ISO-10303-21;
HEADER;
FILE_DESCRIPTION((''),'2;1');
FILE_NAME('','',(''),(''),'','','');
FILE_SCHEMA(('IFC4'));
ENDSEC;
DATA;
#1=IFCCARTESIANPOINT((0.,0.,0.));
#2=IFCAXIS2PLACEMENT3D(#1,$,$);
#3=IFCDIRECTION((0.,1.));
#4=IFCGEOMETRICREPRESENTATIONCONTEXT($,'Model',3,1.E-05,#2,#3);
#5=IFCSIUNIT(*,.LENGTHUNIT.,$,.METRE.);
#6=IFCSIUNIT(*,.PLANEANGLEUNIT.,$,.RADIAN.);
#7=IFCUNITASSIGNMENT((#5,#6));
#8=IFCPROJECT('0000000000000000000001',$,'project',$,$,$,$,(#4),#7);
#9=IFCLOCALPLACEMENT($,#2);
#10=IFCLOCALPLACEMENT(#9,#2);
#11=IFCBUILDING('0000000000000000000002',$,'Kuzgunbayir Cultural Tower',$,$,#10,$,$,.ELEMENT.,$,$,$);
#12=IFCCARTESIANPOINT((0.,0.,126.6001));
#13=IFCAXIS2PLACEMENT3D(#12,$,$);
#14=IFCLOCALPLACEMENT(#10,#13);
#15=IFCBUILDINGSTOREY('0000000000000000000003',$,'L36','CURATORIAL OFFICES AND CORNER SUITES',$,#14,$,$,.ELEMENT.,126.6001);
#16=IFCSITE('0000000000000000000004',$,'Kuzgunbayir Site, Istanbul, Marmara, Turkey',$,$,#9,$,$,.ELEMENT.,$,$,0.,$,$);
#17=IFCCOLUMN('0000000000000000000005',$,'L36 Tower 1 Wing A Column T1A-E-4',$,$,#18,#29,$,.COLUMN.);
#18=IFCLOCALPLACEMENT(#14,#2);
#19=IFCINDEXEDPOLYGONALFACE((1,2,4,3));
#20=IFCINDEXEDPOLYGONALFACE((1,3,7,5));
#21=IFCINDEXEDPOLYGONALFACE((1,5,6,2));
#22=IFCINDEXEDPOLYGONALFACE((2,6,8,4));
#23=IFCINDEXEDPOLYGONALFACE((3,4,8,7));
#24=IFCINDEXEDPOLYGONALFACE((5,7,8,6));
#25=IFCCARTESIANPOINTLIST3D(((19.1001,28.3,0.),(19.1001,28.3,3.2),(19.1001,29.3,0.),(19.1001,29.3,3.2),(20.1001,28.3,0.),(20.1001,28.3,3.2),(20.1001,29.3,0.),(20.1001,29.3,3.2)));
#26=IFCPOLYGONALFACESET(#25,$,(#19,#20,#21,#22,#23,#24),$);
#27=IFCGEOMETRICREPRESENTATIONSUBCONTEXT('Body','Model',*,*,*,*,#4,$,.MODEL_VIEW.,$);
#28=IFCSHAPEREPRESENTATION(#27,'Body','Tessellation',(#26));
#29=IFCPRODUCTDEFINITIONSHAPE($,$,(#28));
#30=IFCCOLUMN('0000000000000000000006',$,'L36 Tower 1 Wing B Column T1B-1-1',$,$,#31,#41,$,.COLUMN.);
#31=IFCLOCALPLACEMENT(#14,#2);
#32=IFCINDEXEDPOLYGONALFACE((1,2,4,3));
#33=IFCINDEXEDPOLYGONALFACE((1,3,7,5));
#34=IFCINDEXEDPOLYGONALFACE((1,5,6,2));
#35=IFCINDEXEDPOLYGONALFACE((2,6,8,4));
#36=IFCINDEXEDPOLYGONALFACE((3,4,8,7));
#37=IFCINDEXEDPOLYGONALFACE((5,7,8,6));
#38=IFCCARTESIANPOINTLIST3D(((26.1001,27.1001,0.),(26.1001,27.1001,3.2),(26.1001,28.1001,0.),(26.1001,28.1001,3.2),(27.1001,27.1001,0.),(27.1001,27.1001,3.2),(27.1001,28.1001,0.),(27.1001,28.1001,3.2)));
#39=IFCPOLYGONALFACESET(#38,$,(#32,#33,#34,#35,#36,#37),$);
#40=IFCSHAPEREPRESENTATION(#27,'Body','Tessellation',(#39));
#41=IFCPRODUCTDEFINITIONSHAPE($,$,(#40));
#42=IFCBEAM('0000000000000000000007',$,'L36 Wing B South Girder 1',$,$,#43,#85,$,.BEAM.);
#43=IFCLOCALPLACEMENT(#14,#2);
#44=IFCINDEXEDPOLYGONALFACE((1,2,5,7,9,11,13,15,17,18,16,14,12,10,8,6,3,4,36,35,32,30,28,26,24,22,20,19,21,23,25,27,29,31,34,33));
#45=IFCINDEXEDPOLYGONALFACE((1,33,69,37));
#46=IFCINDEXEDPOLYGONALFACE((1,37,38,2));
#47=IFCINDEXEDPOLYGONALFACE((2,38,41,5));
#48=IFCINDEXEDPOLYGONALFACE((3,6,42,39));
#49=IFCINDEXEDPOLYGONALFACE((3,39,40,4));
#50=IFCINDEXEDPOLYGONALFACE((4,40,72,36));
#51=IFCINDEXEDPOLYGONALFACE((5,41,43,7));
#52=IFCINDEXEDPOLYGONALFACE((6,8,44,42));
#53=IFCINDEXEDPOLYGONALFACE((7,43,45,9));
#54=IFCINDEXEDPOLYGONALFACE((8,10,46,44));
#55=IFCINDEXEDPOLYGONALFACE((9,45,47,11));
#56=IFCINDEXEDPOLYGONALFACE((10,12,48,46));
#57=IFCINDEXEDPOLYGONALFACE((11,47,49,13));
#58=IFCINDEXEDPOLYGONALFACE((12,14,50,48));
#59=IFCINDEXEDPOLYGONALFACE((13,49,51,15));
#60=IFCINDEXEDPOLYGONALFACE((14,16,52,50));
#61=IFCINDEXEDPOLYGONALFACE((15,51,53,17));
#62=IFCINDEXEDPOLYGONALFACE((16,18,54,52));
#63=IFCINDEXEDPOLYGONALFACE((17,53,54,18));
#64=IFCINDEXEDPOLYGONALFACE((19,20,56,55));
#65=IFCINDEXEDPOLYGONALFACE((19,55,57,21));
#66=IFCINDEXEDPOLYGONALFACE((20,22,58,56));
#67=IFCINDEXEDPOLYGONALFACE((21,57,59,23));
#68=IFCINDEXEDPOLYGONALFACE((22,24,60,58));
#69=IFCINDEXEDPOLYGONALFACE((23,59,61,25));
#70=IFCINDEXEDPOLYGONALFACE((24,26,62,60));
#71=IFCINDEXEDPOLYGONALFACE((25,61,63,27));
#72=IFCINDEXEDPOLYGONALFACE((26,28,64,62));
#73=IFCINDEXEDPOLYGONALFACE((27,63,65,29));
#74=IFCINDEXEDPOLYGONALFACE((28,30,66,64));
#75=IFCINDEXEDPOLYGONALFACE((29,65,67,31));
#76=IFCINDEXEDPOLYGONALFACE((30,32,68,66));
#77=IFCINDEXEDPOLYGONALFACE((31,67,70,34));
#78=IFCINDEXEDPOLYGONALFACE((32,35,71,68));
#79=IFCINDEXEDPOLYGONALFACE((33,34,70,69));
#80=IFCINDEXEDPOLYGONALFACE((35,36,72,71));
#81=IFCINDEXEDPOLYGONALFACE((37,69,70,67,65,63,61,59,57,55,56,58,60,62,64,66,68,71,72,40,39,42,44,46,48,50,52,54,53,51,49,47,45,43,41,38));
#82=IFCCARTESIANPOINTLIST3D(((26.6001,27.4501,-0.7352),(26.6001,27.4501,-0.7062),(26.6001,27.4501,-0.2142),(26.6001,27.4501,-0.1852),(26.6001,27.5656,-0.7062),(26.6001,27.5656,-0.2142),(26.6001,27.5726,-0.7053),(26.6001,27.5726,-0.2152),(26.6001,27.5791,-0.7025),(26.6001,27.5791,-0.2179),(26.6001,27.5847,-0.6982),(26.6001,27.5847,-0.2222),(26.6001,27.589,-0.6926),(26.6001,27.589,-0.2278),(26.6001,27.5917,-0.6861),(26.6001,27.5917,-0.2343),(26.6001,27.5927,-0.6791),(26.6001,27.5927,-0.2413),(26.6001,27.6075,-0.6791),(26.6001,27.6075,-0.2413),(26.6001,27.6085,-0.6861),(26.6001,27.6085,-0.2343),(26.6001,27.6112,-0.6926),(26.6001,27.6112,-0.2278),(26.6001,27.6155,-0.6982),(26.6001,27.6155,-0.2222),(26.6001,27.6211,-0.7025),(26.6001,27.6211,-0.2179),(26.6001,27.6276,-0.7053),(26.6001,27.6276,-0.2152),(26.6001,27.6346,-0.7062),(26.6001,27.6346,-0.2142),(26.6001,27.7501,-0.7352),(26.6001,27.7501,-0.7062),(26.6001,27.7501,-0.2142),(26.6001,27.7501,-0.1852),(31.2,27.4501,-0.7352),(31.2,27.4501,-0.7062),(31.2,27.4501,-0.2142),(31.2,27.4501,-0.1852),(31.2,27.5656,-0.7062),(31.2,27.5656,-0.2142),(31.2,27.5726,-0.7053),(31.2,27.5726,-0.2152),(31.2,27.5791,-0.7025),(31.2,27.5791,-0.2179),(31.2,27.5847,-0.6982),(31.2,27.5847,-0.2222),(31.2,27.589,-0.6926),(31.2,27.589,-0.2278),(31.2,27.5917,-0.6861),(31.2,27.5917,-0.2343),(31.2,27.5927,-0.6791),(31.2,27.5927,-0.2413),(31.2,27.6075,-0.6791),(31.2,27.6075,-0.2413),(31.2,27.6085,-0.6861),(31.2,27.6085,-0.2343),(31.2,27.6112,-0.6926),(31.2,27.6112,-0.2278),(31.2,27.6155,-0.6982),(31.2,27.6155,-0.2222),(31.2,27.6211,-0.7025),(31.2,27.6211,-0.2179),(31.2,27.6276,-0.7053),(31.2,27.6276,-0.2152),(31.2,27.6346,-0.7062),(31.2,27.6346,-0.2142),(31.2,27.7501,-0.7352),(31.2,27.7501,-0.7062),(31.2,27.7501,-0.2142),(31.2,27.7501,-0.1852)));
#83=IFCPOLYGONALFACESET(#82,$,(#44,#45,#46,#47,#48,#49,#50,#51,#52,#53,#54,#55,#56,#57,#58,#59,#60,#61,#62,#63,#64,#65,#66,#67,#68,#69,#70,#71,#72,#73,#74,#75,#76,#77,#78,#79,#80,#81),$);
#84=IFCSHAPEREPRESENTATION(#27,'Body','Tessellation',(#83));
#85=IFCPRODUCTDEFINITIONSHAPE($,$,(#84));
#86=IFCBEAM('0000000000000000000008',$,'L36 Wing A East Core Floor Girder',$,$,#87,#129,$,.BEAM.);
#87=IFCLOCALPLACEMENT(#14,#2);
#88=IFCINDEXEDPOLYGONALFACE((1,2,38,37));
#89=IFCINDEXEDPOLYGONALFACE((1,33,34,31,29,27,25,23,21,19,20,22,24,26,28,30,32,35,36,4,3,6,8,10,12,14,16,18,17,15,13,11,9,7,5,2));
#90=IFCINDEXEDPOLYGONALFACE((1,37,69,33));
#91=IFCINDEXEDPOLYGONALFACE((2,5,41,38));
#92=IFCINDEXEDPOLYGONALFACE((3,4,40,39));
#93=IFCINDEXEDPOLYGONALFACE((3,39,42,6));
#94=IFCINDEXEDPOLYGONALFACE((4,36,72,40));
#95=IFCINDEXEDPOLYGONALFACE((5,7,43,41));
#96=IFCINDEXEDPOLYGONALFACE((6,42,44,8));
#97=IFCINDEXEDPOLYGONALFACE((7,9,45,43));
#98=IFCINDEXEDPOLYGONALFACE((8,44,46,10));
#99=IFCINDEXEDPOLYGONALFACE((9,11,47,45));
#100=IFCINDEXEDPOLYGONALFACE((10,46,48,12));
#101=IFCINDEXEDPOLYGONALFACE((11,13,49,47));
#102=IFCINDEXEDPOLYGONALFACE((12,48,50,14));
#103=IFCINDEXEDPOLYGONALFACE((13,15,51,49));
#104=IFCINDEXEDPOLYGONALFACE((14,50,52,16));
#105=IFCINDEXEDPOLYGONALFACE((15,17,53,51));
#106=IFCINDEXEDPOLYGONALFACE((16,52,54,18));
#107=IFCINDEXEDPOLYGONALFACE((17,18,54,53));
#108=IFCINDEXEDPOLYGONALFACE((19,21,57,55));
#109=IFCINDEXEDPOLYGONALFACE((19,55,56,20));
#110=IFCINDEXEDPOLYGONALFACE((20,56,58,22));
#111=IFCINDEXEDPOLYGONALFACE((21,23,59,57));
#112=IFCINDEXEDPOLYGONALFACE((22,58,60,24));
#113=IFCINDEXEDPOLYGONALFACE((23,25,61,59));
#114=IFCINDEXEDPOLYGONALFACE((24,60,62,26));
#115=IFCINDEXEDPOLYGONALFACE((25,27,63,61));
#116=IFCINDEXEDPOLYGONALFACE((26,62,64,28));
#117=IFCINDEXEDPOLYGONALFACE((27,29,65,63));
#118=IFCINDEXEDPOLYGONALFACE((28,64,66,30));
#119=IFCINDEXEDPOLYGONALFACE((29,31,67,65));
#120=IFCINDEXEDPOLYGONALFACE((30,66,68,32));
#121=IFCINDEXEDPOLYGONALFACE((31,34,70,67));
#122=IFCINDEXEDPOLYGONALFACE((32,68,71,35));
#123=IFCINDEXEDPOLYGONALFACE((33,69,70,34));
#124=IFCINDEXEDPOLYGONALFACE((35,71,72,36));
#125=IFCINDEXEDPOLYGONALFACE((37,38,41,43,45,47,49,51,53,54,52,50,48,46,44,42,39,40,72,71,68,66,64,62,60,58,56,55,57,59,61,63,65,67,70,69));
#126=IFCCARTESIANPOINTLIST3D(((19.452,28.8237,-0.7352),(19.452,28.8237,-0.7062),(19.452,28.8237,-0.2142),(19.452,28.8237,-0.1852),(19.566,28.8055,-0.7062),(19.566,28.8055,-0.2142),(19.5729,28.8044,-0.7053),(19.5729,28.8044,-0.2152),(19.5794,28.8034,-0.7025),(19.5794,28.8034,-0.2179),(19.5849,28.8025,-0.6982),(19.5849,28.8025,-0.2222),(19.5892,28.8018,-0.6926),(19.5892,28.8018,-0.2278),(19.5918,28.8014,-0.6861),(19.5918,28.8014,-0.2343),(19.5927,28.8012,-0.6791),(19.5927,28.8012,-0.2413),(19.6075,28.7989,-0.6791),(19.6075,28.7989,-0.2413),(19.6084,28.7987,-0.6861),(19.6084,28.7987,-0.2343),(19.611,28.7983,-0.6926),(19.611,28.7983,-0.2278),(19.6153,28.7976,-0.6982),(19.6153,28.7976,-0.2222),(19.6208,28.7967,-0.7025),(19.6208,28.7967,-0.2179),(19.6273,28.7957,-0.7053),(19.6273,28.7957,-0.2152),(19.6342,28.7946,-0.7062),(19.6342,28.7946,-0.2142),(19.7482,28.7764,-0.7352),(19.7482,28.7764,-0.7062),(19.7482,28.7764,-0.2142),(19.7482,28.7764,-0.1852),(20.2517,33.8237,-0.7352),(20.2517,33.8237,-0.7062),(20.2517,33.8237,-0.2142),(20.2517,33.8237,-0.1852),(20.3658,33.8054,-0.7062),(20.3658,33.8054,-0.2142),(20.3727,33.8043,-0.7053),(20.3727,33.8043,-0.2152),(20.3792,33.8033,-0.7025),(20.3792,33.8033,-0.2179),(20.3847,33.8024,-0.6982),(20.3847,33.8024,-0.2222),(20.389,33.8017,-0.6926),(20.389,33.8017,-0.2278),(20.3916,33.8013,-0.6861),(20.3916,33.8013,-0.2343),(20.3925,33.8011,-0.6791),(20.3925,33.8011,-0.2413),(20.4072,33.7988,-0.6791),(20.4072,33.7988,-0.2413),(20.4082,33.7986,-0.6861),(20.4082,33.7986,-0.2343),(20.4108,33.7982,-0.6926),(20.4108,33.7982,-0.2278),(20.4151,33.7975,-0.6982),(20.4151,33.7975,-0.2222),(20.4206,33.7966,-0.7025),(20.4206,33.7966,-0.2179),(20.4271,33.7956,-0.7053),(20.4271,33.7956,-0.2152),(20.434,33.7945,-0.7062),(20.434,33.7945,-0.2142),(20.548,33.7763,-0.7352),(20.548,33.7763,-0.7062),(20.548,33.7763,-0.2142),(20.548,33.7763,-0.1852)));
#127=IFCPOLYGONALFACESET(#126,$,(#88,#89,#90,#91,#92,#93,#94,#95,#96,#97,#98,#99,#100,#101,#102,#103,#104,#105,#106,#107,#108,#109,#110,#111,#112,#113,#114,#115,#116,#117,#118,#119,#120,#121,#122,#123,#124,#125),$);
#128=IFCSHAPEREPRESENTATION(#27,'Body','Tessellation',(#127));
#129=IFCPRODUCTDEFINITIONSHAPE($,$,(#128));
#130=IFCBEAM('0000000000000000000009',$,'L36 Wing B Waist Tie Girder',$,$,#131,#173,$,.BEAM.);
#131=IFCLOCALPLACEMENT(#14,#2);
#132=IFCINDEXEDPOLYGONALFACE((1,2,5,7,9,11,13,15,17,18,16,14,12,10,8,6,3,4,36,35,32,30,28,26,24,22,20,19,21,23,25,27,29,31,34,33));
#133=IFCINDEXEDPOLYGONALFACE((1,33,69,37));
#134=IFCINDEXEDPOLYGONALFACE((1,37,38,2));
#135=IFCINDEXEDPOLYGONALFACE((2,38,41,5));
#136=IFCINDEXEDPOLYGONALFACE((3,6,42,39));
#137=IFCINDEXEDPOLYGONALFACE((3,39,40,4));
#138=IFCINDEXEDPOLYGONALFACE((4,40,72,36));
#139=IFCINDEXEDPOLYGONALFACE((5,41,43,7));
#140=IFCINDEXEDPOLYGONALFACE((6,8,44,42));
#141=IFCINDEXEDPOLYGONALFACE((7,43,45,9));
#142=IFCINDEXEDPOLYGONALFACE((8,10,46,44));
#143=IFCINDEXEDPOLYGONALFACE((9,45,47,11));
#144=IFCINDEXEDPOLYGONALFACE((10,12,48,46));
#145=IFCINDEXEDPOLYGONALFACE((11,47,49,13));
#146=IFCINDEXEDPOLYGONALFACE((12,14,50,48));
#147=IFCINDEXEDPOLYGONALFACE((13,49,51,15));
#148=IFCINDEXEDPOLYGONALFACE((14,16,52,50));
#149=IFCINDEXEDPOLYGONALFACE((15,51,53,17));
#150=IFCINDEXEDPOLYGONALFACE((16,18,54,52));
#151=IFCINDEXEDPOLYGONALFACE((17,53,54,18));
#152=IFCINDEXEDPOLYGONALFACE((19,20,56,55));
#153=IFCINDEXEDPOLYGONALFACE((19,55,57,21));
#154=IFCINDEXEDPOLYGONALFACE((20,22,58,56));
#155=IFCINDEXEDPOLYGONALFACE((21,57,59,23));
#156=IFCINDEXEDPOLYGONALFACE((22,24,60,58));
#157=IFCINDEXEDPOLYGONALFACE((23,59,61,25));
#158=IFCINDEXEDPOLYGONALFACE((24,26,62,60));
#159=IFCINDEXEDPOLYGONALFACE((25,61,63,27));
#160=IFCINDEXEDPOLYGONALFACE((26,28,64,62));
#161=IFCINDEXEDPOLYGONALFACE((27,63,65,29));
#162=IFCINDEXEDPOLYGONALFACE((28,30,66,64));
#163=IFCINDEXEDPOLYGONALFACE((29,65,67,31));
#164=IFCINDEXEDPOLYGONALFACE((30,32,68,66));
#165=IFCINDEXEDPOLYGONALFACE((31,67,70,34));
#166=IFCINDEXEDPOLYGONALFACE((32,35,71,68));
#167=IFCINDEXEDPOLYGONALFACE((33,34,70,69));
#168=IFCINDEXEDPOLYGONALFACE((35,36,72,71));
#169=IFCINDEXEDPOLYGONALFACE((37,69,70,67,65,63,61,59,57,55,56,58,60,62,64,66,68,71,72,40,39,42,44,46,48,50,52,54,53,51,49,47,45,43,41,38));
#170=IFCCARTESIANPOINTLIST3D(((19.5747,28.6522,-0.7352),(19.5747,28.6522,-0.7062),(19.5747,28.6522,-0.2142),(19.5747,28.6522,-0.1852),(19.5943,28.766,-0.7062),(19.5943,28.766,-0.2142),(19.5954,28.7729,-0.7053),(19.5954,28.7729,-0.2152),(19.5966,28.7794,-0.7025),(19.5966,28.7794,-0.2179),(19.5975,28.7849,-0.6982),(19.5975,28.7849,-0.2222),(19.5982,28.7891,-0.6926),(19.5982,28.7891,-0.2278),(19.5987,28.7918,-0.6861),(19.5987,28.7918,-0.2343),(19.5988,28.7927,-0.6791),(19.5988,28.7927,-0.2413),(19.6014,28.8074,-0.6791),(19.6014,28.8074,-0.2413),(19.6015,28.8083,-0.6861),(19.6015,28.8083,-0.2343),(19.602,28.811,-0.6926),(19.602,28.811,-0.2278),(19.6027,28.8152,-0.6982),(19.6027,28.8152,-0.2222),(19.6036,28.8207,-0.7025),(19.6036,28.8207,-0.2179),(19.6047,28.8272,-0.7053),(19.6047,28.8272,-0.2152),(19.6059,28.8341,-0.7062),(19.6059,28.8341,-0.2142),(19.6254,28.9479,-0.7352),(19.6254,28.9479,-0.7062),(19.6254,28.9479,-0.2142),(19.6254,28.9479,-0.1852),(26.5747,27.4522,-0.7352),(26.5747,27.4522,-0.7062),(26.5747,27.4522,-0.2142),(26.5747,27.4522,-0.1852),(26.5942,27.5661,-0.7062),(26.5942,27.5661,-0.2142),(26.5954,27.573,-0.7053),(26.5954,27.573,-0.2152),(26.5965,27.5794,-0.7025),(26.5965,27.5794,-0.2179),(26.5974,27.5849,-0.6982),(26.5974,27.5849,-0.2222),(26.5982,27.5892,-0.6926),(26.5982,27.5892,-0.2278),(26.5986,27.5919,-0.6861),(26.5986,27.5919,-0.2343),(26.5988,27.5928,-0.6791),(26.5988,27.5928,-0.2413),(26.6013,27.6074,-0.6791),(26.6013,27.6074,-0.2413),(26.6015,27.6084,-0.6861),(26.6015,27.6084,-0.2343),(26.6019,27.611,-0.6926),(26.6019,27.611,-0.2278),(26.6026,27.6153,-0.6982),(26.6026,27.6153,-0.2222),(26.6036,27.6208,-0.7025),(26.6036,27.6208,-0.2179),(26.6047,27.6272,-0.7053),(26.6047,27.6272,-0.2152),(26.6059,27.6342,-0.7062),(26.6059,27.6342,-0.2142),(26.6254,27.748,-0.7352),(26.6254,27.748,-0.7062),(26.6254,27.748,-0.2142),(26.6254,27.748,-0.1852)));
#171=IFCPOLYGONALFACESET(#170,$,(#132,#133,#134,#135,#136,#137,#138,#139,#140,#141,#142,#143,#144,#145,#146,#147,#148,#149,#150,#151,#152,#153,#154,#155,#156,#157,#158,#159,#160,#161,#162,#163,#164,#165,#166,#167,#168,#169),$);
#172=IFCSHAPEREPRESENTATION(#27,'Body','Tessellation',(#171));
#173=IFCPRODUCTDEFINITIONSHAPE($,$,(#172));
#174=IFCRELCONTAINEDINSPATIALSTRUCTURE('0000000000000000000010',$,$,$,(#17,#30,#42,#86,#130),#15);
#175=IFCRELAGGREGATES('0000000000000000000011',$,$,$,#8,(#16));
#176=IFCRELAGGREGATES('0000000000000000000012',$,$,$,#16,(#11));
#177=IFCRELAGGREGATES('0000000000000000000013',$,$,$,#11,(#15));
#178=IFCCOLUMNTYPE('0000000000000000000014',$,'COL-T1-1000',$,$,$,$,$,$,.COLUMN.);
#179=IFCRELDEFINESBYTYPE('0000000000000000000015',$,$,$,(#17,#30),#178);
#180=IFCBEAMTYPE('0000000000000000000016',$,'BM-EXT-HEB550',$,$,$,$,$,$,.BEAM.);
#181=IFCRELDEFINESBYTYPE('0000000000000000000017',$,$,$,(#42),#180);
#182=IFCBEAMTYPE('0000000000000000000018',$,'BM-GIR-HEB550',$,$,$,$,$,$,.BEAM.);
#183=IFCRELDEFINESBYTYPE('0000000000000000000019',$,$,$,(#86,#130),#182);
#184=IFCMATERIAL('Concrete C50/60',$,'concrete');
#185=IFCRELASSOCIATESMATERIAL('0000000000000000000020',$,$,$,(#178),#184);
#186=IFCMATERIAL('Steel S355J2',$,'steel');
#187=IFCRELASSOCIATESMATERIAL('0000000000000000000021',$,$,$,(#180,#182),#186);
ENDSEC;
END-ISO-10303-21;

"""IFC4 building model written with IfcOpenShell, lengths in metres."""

from ifc_helpers import new_model, si_unit, direction, frame, origin, origin_2d, place, context, subcontext, project, spatial, rectangle, i_section, extrude, material, material_profile, profile_set, type_object, element, save


model = new_model("IFC4")

# Units and contexts
model_context = context("Model", 3, precision=1e-05, world=origin(), true_north=direction((0.0, 1.0)))
body_context = subcontext(model_context, "Body", "Model", "MODEL_VIEW")
ifc_project = project(units=[si_unit("LENGTHUNIT", "METRE"), si_unit("PLANEANGLEUNIT", "RADIAN")], contexts=[model_context])

# Site, building, storey
site_placement = place(None, origin())
site = spatial("IfcSite", under=ifc_project, at=site_placement, Name="Kuzgunbayir Site, Istanbul, Marmara, Turkey", CompositionType="ELEMENT", RefElevation=0.0)
building_placement = place(site_placement, origin())
building = spatial("IfcBuilding", under=site, at=building_placement, Name="Kuzgunbayir Cultural Tower", CompositionType="ELEMENT")
storey_placement = place(building_placement, frame((0.0, 0.0, 126.6001)))
storey = spatial("IfcBuildingStorey", under=building, at=storey_placement, Name="L36", Description="CURATORIAL OFFICES AND CORNER SUITES", CompositionType="ELEMENT", Elevation=126.6001)

# Columns
ifc_material_1 = material(Name="Concrete C50/60", Category="concrete")
ifc_material_profile_1 = material_profile(ifc_material_1, rectangle(XDim=1.0, YDim=1.0, at=origin_2d()), Name="RC 1000x1000")
ifc_profile_set_1 = profile_set([ifc_material_profile_1], Name="Concrete C50/60")
column_type = type_object("IfcColumnType", Name="COL-T1-1000", PredefinedType="COLUMN", material=ifc_profile_set_1)
for number, where, z_axis, x_axis, name in (
    (1, (19.6001, 28.8, 0.0), (0.0, 0.0, 1.0), (1.0, 0.0, 0.0), "L36 Tower 1 Wing A Column T1A-E-4"),
    (2, (26.6001, 27.6001, 0.0), (0.0, 0.0, 1.0), (1.0, 0.0, 0.0), "L36 Tower 1 Wing B Column T1B-1-1"),
):
    element("IfcColumn", number, at=place(storey_placement, frame(where, z_axis=z_axis, x_axis=x_axis)), inside=storey, type_object=column_type, Name=name, PredefinedType="COLUMN", context=body_context, shape_type="SweptSolid", body=[
        extrude(rectangle(XDim=1.0, YDim=1.0, at=origin_2d()), origin(), (0.0, 0.0, 1.0), 3.2),
    ])

# Beams
ifc_material_2 = material(Name="Steel S355J2", Category="steel")
ifc_material_profile_2 = material_profile(ifc_material_2, i_section(OverallWidth=0.3, OverallDepth=0.55, WebThickness=0.0149, FlangeThickness=0.0291, FilletRadius=0.0271, at=origin_2d()), Name="HEB 550")
ifc_profile_set_2 = profile_set([ifc_material_profile_2], Name="Steel S355J2")
beam_type_1 = type_object("IfcBeamType", Name="BM-EXT-HEB550", PredefinedType="BEAM", material=ifc_profile_set_2)
beam_1_placement = place(storey_placement, frame((26.6001, 27.6001, -0.4602), z_axis=(1.0, 0.0, 0.0), x_axis=(0.0, 1.0, 0.0)))
element("IfcBeam", 3, at=beam_1_placement, inside=storey, type_object=beam_type_1, Name="L36 Wing B South Girder 1", PredefinedType="BEAM", context=body_context, shape_type="SweptSolid", body=[
    extrude(i_section(OverallWidth=0.3, OverallDepth=0.55, WebThickness=0.0149, FlangeThickness=0.0291, FilletRadius=0.0271, at=origin_2d()), origin(), (0.0, 0.0, 1.0), 4.5999),
])
ifc_material_profile_3 = material_profile(ifc_material_2, i_section(OverallWidth=0.3, OverallDepth=0.55, WebThickness=0.0149, FlangeThickness=0.0291, FilletRadius=0.0271, at=origin_2d()), Name="HEB 550")
ifc_profile_set_3 = profile_set([ifc_material_profile_3], Name="Steel S355J2")
beam_type_2 = type_object("IfcBeamType", Name="BM-GIR-HEB550", PredefinedType="BEAM", material=ifc_profile_set_3)
beam_2_placement = place(storey_placement, frame((19.6001, 28.8, -0.4602), z_axis=(0.157953, 0.987447, 0.0), x_axis=(-0.987447, 0.157953, 0.0)))
element("IfcBeam", 4, at=beam_2_placement, inside=storey, type_object=beam_type_2, Name="L36 Wing A East Core Floor Girder", PredefinedType="BEAM", context=body_context, shape_type="SweptSolid", body=[
    extrude(i_section(OverallWidth=0.3, OverallDepth=0.55, WebThickness=0.0149, FlangeThickness=0.0291, FilletRadius=0.0271, at=origin_2d()), origin(), (0.0, 0.0, 1.0), 5.0635),
])
beam_3_placement = place(storey_placement, frame((19.6001, 28.8, -0.4602), z_axis=(0.985623, -0.168957, 0.0), x_axis=(0.168957, 0.985623, 0.0)))
element("IfcBeam", 5, at=beam_3_placement, inside=storey, type_object=beam_type_2, Name="L36 Wing B Waist Tie Girder", PredefinedType="BEAM", context=body_context, shape_type="SweptSolid", body=[
    extrude(i_section(OverallWidth=0.3, OverallDepth=0.55, WebThickness=0.0149, FlangeThickness=0.0291, FilletRadius=0.0271, at=origin_2d()), origin(), (0.0, 0.0, 1.0), 7.1021),
])

save(model, "model.ifc")
